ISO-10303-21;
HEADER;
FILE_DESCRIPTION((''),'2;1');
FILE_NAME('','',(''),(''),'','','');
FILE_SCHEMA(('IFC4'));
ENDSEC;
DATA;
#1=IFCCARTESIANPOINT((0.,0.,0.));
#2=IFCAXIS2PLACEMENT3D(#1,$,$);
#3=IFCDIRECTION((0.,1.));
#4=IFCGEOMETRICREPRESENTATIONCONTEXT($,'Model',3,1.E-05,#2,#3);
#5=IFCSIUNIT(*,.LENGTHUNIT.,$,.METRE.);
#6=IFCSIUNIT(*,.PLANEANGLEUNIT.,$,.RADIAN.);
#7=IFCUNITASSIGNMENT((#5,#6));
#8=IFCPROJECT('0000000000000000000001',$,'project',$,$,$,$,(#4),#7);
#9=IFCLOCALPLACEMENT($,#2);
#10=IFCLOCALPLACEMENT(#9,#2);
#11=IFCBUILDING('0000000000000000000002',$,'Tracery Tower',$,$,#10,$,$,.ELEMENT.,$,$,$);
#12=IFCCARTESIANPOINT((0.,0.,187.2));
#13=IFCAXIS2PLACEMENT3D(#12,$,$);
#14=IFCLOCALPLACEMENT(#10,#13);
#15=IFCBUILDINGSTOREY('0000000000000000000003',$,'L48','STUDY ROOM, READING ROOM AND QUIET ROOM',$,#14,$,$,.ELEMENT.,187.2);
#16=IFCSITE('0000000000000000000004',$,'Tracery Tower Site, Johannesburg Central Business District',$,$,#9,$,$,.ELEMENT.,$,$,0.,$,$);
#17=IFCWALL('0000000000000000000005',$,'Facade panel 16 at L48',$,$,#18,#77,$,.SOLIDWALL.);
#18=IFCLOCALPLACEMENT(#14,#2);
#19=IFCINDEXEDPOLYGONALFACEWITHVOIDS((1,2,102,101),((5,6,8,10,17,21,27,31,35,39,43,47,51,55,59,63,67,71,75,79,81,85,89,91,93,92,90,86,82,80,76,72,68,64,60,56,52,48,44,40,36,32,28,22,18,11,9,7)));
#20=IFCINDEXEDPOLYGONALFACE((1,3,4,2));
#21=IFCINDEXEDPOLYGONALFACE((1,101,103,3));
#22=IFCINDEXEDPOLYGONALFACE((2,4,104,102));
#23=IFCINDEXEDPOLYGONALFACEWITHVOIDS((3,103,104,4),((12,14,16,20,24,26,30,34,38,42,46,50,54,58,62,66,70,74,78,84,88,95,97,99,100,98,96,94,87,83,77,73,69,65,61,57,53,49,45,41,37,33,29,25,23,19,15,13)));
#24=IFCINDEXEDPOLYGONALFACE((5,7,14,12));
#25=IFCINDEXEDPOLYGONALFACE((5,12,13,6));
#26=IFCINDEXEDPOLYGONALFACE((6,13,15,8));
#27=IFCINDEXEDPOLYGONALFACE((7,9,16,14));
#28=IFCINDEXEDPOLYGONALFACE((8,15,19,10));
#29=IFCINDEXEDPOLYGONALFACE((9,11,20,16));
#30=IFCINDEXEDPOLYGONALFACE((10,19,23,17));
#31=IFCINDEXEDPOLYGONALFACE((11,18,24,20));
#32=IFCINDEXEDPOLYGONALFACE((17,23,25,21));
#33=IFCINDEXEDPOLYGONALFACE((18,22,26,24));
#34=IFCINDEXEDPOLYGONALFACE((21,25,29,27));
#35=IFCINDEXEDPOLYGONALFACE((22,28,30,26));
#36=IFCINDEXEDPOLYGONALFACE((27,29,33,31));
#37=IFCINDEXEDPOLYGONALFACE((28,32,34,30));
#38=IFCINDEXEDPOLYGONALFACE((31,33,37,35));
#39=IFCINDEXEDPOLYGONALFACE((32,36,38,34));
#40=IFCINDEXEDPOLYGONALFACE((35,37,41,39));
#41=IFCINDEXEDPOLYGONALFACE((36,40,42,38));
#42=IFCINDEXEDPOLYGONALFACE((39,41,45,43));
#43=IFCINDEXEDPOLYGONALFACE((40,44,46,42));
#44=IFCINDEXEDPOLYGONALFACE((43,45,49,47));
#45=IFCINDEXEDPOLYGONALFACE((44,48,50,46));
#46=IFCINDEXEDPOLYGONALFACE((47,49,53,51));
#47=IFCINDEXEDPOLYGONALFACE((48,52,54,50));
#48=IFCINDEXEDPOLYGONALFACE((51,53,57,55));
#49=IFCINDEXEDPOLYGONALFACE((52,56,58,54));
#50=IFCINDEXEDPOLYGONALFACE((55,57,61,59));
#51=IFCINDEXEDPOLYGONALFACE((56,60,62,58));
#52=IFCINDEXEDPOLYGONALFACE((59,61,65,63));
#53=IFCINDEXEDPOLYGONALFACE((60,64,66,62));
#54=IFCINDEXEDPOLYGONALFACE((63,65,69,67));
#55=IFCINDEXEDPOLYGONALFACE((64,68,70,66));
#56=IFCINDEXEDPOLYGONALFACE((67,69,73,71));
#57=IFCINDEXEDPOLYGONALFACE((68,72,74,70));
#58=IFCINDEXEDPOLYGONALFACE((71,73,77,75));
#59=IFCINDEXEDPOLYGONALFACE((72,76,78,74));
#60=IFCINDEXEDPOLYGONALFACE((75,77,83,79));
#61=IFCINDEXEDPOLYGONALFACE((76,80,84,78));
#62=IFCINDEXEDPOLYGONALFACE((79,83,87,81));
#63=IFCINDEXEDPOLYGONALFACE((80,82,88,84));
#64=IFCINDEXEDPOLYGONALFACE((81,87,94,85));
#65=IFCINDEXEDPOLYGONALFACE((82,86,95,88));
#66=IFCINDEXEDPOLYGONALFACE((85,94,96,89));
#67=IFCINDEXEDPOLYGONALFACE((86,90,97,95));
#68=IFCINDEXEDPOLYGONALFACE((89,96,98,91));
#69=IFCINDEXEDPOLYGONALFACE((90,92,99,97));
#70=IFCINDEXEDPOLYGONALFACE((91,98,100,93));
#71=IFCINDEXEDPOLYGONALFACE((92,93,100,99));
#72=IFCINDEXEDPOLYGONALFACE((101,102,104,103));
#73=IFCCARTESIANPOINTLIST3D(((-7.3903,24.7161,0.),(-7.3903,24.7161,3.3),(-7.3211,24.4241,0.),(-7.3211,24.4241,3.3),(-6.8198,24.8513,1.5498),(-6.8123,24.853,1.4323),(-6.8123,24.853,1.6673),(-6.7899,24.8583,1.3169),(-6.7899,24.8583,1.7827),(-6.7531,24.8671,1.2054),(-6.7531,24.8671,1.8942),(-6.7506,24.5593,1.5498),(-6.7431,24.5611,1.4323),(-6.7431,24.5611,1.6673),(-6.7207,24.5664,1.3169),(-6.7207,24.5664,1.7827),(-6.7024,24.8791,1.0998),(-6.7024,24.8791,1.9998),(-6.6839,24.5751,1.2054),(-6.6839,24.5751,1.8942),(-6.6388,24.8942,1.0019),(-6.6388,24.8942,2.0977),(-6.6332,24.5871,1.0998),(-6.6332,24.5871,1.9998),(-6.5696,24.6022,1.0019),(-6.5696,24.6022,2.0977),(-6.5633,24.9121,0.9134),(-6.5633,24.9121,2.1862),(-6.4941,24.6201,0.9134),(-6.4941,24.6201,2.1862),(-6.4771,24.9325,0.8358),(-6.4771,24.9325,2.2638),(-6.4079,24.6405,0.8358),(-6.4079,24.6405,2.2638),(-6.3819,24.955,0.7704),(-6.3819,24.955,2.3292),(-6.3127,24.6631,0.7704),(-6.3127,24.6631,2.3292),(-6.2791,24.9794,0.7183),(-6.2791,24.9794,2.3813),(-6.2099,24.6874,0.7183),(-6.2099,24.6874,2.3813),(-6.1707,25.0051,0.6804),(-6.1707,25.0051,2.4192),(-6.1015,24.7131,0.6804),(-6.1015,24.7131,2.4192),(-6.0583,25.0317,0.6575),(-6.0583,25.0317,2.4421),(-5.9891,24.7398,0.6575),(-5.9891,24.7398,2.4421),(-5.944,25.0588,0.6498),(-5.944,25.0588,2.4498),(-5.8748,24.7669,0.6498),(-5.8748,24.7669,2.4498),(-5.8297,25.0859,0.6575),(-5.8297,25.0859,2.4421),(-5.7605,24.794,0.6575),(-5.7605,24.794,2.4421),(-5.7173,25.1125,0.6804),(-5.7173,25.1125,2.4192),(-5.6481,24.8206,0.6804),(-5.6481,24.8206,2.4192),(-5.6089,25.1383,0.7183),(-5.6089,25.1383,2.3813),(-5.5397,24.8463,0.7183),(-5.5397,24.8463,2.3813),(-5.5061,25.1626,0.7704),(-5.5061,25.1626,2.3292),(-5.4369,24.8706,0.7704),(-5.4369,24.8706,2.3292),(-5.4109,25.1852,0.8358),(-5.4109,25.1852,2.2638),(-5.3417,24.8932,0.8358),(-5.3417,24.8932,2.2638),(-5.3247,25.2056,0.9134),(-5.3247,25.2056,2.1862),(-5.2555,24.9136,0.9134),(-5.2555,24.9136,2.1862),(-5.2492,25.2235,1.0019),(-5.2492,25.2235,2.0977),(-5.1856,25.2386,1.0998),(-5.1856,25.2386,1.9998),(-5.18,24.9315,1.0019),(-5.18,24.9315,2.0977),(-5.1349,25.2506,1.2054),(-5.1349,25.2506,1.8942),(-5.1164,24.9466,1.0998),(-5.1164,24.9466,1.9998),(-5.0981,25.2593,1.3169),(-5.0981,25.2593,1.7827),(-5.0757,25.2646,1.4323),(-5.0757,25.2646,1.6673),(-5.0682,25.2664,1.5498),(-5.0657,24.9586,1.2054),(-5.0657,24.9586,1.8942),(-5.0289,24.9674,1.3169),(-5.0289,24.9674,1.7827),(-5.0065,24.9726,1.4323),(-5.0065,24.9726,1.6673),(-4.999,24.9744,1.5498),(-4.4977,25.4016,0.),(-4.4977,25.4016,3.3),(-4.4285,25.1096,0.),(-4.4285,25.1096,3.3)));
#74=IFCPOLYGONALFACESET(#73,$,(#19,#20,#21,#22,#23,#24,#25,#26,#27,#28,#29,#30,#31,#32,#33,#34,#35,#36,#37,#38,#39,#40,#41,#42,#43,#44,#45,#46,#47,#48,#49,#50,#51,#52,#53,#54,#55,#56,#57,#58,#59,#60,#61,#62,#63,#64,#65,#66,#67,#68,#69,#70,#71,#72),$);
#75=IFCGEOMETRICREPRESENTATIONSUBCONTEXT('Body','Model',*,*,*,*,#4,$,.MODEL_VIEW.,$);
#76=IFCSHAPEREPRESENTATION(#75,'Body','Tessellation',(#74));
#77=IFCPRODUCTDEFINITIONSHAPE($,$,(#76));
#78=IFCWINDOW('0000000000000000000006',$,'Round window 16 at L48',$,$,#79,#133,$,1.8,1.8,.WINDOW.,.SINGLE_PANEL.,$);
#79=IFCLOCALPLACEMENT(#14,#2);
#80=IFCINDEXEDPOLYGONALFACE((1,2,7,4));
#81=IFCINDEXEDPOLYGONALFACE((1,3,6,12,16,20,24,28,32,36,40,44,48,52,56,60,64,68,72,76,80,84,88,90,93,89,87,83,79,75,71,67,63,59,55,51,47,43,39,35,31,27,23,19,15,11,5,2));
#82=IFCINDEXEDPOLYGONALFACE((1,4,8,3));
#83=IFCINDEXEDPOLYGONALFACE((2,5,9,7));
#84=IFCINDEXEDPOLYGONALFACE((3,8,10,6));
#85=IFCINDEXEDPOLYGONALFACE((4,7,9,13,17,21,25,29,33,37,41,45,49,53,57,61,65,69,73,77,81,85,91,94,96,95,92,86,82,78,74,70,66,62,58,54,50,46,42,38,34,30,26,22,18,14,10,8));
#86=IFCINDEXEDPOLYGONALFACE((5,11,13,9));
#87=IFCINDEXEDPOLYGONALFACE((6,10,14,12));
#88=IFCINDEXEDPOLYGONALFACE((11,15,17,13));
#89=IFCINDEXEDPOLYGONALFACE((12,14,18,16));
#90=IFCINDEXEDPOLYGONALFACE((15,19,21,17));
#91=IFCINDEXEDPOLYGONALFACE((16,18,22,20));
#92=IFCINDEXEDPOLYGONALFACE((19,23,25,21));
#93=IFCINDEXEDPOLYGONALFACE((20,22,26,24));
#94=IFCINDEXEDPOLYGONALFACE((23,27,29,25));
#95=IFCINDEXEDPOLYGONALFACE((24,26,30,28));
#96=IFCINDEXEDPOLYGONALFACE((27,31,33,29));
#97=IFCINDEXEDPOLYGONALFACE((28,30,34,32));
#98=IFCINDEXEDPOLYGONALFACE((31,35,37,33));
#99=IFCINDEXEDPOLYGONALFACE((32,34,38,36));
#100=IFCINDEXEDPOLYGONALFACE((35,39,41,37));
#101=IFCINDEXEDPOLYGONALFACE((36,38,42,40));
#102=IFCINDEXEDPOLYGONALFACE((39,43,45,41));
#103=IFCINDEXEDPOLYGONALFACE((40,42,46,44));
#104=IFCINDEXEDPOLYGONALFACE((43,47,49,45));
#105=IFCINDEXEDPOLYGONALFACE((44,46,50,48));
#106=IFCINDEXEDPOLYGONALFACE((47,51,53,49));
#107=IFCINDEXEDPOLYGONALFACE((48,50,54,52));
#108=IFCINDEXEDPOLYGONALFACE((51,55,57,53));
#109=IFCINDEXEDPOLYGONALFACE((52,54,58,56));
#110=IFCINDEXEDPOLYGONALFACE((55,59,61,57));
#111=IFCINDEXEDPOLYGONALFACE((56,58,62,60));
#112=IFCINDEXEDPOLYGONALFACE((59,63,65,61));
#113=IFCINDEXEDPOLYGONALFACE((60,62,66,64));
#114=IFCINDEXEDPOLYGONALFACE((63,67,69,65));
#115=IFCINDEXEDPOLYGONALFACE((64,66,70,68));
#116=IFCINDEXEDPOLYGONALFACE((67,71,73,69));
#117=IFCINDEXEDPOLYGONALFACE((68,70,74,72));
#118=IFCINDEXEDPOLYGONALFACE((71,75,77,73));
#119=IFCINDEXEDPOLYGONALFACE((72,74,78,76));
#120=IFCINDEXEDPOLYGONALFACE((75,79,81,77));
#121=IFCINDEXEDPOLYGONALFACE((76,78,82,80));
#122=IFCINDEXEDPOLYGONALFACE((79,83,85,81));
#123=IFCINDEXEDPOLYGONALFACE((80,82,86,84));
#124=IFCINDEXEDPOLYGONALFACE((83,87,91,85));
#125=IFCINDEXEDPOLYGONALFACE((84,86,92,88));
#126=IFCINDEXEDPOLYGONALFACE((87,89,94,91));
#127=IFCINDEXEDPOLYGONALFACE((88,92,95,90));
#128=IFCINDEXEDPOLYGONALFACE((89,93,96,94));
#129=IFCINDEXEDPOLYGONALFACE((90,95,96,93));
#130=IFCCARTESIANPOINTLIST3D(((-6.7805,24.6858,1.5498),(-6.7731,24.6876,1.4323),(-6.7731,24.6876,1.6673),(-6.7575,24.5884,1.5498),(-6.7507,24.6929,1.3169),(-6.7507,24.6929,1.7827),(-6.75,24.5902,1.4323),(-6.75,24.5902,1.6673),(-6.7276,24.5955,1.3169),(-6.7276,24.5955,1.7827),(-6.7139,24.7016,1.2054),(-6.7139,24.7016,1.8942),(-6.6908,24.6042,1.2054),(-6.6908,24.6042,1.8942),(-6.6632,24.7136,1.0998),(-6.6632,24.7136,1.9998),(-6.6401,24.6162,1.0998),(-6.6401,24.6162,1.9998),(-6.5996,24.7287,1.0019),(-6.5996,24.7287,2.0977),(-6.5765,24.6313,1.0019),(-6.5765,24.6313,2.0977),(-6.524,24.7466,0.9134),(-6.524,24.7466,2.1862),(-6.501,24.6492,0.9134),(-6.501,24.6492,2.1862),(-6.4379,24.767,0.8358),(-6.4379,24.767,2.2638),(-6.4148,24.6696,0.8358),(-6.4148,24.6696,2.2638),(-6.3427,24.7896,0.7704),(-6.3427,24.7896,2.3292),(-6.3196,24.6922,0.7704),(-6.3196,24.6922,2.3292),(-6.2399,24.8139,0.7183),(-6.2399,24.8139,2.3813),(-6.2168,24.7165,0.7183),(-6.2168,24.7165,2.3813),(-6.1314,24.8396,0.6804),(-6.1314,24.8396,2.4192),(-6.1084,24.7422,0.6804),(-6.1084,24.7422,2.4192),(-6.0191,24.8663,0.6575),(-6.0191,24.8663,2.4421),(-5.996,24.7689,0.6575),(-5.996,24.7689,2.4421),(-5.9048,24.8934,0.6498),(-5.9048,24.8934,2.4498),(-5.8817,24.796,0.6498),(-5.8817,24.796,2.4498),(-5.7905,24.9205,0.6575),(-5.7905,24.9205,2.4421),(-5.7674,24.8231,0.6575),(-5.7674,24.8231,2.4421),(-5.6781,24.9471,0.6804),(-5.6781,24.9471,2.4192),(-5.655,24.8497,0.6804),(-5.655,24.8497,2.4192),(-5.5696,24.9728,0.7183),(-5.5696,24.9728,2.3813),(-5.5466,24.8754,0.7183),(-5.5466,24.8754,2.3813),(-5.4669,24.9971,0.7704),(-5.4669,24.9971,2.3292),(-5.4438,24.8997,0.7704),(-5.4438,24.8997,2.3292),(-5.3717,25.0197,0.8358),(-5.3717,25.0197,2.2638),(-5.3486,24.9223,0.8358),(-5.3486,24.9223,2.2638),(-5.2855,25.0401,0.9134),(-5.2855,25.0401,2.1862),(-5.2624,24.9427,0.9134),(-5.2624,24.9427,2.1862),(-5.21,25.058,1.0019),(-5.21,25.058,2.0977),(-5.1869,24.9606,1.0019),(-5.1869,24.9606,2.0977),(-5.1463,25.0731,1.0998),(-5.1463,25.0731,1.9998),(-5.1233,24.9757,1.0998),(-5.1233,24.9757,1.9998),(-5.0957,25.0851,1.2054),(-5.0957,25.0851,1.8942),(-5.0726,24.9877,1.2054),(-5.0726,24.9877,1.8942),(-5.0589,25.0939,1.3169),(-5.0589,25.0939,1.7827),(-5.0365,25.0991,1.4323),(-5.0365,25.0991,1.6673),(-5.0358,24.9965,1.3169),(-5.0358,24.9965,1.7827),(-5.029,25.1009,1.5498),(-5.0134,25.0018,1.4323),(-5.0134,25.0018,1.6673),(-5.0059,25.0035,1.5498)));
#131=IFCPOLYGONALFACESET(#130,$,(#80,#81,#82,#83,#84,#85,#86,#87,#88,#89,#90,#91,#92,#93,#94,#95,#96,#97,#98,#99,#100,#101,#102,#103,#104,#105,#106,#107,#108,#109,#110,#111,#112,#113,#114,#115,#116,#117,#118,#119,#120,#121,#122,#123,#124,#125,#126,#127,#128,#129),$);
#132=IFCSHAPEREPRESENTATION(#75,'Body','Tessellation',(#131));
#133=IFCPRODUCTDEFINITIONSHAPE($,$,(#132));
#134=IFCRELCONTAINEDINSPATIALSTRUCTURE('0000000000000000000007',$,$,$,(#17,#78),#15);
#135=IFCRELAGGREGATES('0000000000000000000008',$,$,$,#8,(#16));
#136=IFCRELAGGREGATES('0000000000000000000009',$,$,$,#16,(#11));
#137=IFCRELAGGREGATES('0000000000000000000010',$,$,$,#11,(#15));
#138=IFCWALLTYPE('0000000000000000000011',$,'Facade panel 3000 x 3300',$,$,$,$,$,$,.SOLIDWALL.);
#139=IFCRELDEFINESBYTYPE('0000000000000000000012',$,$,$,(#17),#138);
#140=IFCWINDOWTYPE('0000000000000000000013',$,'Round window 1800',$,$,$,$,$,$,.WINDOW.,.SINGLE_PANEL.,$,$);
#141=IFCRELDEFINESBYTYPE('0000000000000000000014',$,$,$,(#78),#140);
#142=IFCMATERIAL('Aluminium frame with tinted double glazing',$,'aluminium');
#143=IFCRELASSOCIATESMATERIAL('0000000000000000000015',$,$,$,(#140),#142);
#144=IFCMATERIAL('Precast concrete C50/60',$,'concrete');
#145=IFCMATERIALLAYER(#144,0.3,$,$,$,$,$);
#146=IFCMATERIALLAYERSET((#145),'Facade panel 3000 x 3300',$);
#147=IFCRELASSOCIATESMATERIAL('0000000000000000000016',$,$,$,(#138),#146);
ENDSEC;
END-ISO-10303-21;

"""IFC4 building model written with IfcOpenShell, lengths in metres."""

from ifc_helpers import new_model, si_unit, direction, frame, frame_2d, origin, origin_2d, place, context, subcontext, project, spatial, rectangle, circle, extrude, material, layer, layer_set, type_object, element, fill, save


model = new_model("IFC4")

# Units and contexts
model_context = context("Model", 3, precision=1e-05, world=origin(), true_north=direction((0.0, 1.0)))
body_context = subcontext(model_context, "Body", "Model", "MODEL_VIEW")
ifc_project = project(units=[si_unit("LENGTHUNIT", "METRE"), si_unit("PLANEANGLEUNIT", "RADIAN")], contexts=[model_context])

# Site, building, storey
site_placement = place(None, origin())
site = spatial("IfcSite", under=ifc_project, at=site_placement, Name="Tracery Tower Site, Johannesburg Central Business District", CompositionType="ELEMENT", RefElevation=0.0)
building_placement = place(site_placement, origin())
building = spatial("IfcBuilding", under=site, at=building_placement, Name="Tracery Tower", CompositionType="ELEMENT")
storey_placement = place(building_placement, frame((0.0, 0.0, 187.2)))
storey = spatial("IfcBuildingStorey", under=building, at=storey_placement, Name="L48", Description="STUDY ROOM, READING ROOM AND QUIET ROOM", CompositionType="ELEMENT", Elevation=187.2)

# Wall, opening, window
ifc_material_1 = material(Name="Aluminium frame with tinted double glazing", Category="aluminium")
window_type = type_object("IfcWindowType", Name="Round window 1800", PartitioningType="SINGLE_PANEL", PredefinedType="WINDOW", material=ifc_material_1)
ifc_material_2 = material(Name="Precast concrete C50/60", Category="concrete")
ifc_layer_1 = layer(ifc_material_2, 0.3)
ifc_layer_set_1 = layer_set([ifc_layer_1], Name="Facade panel 3000 x 3300")
wall_type_1 = type_object("IfcWallType", Name="Facade panel 3000 x 3300", PredefinedType="SOLIDWALL", material=ifc_layer_set_1)
wall_1_placement = place(storey_placement, frame((-4.4631, 25.2556, 0.0), z_axis=(0.0, 0.0, 1.0), x_axis=(-0.973045, -0.230614, 0.0)))
wall_1 = element("IfcWall", 1, at=wall_1_placement, inside=storey, type_object=wall_type_1, Name="Facade panel 16 at L48", PredefinedType="SOLIDWALL", context=body_context, shape_type="SweptSolid", body=[
    extrude(rectangle(XDim=2.9727, YDim=0.3, at=frame_2d((1.4863, 0.0))), origin(), (0.0, 0.0, 1.0), 3.3),
])
opening_1_placement = place(wall_1_placement, frame((1.4863, 0.0, 1.5498)))
opening_1 = element("IfcOpeningElement", 2, at=opening_1_placement, cuts=wall_1, PredefinedType="OPENING", context=body_context, shape_type="SweptSolid", body=[
    extrude(circle(Radius=0.9, at=origin_2d()), frame((0.0, 0.1599, 0.0), z_axis=(0.0, -1.0, 0.0), x_axis=(1.0, 0.0, 0.0)), (0.0, 0.0, 1.0), 0.3201),
])
window_1_placement = place(opening_1_placement, origin())
window_1 = element("IfcWindow", 3, at=window_1_placement, inside=storey, type_object=window_type, Name="Round window 16 at L48", OverallHeight=1.8, OverallWidth=1.8, PartitioningType="SINGLE_PANEL", PredefinedType="WINDOW", context=body_context, shape_type="SweptSolid", body=[
    extrude(circle(Radius=0.9, at=origin_2d()), frame((0.0, 0.1201, 0.0), z_axis=(0.0, -1.0, 0.0), x_axis=(1.0, 0.0, 0.0)), (0.0, 0.0, 1.0), 0.1001),
])
fill(opening_1, window_1)

save(model, "model.ifc")
